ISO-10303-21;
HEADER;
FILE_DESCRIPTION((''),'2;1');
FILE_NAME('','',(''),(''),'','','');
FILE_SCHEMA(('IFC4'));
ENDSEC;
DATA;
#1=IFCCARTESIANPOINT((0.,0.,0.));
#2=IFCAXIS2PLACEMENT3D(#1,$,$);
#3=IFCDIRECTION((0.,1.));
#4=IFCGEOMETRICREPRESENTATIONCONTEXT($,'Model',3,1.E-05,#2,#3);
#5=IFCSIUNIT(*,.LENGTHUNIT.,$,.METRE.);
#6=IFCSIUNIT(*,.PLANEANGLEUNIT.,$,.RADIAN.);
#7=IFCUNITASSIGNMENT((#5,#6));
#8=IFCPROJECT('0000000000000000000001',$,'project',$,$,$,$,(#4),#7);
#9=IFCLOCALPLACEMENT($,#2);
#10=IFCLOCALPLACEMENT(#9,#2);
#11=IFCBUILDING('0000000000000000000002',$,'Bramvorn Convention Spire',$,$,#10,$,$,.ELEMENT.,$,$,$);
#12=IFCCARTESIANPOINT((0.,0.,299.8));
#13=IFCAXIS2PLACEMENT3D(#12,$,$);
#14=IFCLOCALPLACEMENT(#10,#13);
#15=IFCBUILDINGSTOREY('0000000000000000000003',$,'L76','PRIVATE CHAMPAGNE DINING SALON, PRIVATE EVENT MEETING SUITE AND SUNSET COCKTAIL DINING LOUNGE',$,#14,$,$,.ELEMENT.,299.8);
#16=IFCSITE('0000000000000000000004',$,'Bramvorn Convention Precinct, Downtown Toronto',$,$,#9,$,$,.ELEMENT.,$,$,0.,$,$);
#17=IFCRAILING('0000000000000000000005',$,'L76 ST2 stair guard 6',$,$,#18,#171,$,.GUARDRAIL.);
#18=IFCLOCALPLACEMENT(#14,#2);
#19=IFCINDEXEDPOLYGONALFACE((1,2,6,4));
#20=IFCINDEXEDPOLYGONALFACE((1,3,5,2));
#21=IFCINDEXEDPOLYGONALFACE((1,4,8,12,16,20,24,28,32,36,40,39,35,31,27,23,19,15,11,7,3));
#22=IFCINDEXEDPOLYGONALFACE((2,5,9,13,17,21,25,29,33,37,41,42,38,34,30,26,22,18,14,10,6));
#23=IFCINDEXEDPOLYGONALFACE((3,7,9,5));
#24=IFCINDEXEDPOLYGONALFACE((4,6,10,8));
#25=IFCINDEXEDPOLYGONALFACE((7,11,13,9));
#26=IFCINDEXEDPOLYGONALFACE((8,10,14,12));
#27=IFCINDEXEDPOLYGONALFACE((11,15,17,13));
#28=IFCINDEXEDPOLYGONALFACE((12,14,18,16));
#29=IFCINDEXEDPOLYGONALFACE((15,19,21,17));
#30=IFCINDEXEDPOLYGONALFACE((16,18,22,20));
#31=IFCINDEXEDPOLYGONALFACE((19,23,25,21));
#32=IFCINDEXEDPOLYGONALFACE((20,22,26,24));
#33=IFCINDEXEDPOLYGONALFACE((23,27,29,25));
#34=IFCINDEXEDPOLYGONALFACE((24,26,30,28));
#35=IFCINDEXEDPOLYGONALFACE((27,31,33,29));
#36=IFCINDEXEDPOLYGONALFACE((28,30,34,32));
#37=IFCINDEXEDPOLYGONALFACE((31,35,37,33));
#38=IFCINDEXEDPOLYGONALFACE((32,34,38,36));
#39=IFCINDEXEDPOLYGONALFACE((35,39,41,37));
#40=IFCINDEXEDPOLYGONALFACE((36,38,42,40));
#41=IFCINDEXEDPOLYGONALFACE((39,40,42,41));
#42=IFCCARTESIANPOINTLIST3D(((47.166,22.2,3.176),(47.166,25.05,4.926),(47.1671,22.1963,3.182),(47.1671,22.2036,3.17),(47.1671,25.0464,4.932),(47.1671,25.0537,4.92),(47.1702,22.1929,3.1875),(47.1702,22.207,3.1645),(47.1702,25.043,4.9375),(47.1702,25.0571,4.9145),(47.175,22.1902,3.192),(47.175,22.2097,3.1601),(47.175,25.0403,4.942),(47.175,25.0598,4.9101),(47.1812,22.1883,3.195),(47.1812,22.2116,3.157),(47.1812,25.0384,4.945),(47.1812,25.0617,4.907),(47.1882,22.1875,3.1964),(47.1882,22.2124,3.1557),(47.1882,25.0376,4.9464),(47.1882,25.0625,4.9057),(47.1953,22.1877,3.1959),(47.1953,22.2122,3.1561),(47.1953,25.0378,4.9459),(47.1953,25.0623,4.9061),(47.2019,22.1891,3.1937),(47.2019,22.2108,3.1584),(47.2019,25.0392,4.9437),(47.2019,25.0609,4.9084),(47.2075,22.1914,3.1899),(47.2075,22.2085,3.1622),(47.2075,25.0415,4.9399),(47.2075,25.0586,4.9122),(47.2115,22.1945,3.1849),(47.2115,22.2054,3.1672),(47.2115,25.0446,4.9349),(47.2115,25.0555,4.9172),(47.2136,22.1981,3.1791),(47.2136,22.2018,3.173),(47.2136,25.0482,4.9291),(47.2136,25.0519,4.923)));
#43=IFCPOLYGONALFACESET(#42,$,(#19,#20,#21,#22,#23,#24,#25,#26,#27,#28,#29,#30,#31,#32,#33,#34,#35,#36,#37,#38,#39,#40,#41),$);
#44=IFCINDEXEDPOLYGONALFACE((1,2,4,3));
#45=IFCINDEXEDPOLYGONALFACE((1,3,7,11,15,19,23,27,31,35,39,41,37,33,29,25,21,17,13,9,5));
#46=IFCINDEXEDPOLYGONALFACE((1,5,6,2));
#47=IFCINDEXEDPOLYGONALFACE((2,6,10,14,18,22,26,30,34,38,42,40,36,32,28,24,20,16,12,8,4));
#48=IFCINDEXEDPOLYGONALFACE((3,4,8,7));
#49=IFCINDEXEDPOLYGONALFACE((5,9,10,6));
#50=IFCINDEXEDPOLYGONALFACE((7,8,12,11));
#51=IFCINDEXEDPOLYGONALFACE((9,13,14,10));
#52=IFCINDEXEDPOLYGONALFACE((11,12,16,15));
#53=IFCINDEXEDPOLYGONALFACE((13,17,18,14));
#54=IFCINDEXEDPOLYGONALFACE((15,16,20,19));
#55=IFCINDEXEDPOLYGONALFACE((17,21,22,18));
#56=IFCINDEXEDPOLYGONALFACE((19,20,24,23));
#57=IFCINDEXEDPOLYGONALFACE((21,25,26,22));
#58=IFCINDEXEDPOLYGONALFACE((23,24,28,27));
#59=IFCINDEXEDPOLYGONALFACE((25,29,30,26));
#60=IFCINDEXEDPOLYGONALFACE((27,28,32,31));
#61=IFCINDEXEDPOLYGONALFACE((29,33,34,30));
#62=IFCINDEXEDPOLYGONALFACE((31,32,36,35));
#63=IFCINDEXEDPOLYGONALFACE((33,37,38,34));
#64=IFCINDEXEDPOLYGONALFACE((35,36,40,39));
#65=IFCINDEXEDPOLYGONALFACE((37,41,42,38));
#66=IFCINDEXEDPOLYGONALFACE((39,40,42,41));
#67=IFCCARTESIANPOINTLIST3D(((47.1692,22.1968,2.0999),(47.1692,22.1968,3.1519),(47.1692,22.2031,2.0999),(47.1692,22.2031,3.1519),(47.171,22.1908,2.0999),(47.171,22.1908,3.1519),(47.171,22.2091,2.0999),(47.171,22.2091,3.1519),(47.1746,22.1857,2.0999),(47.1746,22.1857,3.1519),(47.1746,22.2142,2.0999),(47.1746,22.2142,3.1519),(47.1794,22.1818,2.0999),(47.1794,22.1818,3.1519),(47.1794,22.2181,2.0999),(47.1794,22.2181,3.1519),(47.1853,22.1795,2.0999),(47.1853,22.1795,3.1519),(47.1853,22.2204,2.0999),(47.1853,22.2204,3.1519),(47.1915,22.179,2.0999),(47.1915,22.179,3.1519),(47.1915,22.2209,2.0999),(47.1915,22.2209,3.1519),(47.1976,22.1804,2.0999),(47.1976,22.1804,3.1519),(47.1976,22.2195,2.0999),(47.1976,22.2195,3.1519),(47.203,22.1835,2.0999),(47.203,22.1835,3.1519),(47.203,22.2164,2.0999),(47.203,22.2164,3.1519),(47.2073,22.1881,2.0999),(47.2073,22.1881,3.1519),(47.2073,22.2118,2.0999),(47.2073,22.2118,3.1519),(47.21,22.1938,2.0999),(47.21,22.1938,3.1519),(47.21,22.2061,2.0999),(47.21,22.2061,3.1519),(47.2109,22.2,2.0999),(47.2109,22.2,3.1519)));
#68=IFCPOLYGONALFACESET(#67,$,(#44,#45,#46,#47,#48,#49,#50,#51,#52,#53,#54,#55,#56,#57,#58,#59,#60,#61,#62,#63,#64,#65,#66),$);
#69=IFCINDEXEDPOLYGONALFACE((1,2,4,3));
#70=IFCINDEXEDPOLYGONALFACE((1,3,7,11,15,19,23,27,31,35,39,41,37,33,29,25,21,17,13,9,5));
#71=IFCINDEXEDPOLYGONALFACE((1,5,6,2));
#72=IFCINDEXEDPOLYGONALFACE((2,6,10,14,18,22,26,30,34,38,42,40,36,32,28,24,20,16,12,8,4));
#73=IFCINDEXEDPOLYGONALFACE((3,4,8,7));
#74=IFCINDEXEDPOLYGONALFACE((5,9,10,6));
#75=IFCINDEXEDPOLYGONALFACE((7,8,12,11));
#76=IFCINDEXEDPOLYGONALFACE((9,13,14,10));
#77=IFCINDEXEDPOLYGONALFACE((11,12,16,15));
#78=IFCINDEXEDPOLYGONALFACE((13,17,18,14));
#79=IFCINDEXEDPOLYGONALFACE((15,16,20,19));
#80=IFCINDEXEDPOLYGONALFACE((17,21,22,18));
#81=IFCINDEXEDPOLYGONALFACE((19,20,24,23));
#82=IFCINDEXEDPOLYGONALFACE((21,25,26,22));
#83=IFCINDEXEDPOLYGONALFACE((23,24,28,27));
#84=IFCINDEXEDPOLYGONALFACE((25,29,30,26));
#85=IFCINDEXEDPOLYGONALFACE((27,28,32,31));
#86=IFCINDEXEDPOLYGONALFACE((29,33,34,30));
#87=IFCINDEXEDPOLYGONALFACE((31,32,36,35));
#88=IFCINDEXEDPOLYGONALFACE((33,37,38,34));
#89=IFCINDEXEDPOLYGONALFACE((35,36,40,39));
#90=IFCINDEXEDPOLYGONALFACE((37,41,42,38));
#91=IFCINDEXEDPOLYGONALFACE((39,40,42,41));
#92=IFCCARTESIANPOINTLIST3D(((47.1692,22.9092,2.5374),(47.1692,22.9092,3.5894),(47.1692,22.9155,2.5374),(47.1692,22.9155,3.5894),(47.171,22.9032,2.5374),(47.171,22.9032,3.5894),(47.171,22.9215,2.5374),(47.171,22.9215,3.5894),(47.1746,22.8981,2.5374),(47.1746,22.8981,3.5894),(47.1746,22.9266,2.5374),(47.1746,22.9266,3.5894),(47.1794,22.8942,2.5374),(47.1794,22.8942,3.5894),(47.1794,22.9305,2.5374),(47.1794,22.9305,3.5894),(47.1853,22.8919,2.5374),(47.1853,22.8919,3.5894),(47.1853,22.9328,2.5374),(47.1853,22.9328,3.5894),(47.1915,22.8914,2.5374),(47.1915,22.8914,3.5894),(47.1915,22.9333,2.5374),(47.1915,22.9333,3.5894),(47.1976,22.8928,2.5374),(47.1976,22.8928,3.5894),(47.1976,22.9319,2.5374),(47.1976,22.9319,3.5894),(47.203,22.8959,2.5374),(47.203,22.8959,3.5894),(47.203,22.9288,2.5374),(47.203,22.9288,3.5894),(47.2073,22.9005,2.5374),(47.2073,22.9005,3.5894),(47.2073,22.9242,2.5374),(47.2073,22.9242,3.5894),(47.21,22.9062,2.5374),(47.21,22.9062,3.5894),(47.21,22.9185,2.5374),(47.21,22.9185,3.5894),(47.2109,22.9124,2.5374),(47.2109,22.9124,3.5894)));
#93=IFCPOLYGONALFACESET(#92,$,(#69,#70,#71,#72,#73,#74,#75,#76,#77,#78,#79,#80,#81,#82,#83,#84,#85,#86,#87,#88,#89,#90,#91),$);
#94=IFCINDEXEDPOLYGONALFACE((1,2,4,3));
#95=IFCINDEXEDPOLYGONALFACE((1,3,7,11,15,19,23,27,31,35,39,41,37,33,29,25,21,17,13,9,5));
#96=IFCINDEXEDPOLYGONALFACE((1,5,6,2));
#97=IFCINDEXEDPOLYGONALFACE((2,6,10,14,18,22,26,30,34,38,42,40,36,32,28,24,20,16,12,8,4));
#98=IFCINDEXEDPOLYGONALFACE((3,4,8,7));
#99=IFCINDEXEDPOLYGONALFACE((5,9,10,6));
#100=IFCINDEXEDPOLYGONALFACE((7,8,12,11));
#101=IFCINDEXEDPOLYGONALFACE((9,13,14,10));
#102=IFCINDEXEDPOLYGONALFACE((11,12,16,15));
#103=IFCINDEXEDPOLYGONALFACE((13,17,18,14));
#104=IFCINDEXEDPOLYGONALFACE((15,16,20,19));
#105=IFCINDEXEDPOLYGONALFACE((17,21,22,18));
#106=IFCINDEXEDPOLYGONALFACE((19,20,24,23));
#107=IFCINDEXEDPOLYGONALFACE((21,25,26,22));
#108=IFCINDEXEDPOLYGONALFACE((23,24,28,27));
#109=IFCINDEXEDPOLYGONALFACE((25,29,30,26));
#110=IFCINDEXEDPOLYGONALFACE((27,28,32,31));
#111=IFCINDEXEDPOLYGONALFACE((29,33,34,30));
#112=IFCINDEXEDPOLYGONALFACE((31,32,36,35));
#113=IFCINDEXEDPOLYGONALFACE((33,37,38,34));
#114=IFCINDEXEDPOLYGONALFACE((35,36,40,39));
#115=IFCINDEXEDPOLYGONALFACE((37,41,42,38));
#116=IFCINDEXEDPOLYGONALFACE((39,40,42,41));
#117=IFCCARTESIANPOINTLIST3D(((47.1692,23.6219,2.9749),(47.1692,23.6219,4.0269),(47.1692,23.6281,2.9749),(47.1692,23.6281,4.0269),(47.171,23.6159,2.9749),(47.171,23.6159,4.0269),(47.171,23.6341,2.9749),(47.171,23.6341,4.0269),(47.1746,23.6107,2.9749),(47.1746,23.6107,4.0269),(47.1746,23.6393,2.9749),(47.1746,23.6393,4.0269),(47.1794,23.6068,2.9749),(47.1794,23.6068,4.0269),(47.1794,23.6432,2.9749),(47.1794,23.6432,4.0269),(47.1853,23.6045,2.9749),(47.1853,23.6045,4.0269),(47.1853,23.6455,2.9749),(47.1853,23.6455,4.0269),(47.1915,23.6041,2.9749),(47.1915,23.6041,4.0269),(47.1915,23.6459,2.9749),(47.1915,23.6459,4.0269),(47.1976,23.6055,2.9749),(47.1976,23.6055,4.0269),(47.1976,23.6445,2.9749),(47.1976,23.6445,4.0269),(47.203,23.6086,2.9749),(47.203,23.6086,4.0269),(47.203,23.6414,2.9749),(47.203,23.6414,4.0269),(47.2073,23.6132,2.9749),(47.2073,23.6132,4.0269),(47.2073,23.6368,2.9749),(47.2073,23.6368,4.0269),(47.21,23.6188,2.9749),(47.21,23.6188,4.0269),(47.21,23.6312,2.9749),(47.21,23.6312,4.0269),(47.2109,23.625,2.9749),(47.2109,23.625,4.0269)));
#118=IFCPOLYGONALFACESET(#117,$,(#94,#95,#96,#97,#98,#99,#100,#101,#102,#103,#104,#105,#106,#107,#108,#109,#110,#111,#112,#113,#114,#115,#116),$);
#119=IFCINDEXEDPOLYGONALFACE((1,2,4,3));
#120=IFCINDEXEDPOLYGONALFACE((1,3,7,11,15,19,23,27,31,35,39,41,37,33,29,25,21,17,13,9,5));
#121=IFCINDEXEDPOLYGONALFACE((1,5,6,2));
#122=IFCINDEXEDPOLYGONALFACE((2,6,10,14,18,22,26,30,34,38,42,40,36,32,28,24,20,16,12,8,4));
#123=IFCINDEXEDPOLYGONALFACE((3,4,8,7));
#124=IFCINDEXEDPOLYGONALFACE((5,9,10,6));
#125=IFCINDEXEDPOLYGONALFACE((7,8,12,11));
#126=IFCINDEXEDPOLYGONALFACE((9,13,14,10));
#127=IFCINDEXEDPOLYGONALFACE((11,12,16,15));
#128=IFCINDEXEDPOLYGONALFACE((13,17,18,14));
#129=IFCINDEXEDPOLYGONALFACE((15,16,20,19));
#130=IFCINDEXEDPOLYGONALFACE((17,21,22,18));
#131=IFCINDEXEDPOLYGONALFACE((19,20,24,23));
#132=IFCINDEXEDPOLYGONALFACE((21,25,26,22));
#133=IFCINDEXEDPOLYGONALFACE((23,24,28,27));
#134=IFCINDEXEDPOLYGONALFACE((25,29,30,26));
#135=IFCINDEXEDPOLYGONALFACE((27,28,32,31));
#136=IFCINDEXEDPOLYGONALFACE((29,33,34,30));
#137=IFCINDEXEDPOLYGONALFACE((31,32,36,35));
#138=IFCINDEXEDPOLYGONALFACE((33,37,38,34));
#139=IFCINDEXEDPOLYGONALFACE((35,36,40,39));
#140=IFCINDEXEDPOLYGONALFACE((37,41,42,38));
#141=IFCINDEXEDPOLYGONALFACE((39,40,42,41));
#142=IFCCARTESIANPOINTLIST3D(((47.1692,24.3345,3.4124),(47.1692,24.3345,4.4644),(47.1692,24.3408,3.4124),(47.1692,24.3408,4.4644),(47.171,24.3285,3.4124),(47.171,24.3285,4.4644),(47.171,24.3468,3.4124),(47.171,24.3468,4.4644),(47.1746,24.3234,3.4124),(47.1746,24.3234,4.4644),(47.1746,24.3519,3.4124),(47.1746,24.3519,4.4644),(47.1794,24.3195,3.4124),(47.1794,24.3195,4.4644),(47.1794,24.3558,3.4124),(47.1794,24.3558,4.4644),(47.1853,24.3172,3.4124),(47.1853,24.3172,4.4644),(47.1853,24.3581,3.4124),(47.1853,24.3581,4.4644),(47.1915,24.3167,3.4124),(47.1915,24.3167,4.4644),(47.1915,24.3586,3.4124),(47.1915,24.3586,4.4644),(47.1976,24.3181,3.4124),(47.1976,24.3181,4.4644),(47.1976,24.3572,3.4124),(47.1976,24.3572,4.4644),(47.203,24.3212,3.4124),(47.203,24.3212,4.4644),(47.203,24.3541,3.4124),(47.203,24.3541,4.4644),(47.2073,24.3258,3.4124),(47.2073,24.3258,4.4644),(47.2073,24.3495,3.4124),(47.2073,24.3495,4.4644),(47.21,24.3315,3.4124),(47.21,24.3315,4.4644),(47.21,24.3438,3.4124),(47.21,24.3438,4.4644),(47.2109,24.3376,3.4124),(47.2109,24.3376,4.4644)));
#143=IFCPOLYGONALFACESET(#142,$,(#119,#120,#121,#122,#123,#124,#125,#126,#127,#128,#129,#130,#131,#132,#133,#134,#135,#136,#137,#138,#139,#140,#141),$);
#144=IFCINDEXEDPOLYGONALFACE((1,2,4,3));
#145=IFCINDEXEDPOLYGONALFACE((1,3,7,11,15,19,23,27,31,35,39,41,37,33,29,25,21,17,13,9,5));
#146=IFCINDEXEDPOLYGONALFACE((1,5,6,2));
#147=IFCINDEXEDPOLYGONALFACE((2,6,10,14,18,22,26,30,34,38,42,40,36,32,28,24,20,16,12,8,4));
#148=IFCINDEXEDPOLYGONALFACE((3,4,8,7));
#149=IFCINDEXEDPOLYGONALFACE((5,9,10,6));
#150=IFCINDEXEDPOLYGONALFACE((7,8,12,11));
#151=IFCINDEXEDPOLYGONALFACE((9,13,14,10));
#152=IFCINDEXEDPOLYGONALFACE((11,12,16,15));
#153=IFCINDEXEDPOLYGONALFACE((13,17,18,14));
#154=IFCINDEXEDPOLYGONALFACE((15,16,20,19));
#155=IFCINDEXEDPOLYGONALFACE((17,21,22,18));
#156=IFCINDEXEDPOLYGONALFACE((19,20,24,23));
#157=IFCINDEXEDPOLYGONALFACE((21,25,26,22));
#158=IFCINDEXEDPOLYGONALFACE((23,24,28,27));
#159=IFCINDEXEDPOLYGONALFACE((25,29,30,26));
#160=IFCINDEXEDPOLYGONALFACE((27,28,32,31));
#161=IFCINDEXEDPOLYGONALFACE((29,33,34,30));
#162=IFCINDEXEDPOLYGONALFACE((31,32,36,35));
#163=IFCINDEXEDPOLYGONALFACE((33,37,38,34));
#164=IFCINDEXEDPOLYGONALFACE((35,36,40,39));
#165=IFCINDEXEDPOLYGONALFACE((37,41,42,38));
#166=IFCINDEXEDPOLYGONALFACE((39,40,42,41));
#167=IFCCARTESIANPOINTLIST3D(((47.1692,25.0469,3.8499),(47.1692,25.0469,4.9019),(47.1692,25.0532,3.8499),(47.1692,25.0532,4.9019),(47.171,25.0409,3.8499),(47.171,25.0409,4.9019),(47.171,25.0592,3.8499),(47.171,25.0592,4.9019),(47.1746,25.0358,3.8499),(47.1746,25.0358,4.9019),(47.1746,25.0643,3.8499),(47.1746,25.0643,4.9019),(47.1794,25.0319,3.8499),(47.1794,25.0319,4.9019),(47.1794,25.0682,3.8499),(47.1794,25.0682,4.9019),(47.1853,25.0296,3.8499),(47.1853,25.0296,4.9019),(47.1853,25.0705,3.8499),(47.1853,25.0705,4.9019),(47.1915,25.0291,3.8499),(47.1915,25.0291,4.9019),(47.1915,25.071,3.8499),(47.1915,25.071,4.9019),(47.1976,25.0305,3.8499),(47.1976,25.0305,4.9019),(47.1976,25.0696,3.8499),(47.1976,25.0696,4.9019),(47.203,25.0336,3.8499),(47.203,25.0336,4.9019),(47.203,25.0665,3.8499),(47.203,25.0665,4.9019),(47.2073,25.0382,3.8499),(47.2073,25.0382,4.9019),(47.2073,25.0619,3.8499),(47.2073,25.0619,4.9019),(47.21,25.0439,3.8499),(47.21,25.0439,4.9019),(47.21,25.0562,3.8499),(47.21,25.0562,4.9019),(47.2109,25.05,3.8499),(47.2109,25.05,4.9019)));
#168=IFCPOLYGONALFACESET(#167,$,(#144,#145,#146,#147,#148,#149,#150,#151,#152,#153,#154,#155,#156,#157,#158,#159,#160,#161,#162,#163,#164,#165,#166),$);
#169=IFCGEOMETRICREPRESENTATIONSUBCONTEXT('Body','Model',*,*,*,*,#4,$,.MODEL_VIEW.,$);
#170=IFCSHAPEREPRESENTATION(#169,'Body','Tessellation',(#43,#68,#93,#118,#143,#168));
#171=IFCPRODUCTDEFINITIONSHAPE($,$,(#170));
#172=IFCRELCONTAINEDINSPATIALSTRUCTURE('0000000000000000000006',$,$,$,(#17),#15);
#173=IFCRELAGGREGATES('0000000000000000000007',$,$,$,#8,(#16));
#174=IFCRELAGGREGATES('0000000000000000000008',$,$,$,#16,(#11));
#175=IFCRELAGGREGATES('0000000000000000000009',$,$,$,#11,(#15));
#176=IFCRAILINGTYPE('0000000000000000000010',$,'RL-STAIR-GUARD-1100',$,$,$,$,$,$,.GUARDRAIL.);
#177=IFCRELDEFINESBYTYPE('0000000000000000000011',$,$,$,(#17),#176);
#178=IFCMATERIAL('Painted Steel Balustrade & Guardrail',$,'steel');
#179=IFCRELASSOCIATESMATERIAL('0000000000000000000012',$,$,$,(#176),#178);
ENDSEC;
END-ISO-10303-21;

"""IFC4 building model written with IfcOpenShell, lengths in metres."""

from ifc_helpers import new_model, si_unit, direction, frame, origin, origin_2d, place, context, subcontext, project, spatial, circle, extrude, material, type_object, element, save


model = new_model("IFC4")

# Units and contexts
model_context = context("Model", 3, precision=1e-05, world=origin(), true_north=direction((0.0, 1.0)))
body_context = subcontext(model_context, "Body", "Model", "MODEL_VIEW")
ifc_project = project(units=[si_unit("LENGTHUNIT", "METRE"), si_unit("PLANEANGLEUNIT", "RADIAN")], contexts=[model_context])

# Site, building, storey
site_placement = place(None, origin())
site = spatial("IfcSite", under=ifc_project, at=site_placement, Name="Bramvorn Convention Precinct, Downtown Toronto", CompositionType="ELEMENT", RefElevation=0.0)
building_placement = place(site_placement, origin())
building = spatial("IfcBuilding", under=site, at=building_placement, Name="Bramvorn Convention Spire", CompositionType="ELEMENT")
storey_placement = place(building_placement, frame((0.0, 0.0, 299.8)))
storey = spatial("IfcBuildingStorey", under=building, at=storey_placement, Name="L76", Description="PRIVATE CHAMPAGNE DINING SALON, PRIVATE EVENT MEETING SUITE AND SUNSET COCKTAIL DINING LOUNGE", CompositionType="ELEMENT", Elevation=299.8)

# Railing
ifc_material_1 = material(Name="Painted Steel Balustrade & Guardrail", Category="steel")
railing_type = type_object("IfcRailingType", Name="RL-STAIR-GUARD-1100", PredefinedType="GUARDRAIL", material=ifc_material_1)
railing_1_placement = place(storey_placement, frame((47.1899, 22.2, 2.0999)))
element("IfcRailing", 1, at=railing_1_placement, inside=storey, type_object=railing_type, Name="L76 ST2 stair guard 6", PredefinedType="GUARDRAIL", context=body_context, shape_type="SweptSolid", body=[
    extrude(circle(Radius=0.0239, at=origin_2d()), frame((0.0, 0.0, 1.0762), z_axis=(0.0, 0.852179, 0.52325), x_axis=(-1.0, 0.0, 0.0)), (0.0, 0.0, 1.0), 3.3445),
    extrude(circle(Radius=0.021, at=origin_2d()), origin(), (0.0, 0.0, 1.0), 1.052),
    extrude(circle(Radius=0.021, at=origin_2d()), frame((0.0, 0.7124, 0.4375)), (0.0, 0.0, 1.0), 1.052),
    extrude(circle(Radius=0.021, at=origin_2d()), frame((0.0, 1.425, 0.875)), (0.0, 0.0, 1.0), 1.052),
    extrude(circle(Radius=0.021, at=origin_2d()), frame((0.0, 2.1377, 1.3125)), (0.0, 0.0, 1.0), 1.052),
    extrude(circle(Radius=0.021, at=origin_2d()), frame((0.0, 2.8501, 1.75)), (0.0, 0.0, 1.0), 1.052),
])

save(model, "model.ifc")
